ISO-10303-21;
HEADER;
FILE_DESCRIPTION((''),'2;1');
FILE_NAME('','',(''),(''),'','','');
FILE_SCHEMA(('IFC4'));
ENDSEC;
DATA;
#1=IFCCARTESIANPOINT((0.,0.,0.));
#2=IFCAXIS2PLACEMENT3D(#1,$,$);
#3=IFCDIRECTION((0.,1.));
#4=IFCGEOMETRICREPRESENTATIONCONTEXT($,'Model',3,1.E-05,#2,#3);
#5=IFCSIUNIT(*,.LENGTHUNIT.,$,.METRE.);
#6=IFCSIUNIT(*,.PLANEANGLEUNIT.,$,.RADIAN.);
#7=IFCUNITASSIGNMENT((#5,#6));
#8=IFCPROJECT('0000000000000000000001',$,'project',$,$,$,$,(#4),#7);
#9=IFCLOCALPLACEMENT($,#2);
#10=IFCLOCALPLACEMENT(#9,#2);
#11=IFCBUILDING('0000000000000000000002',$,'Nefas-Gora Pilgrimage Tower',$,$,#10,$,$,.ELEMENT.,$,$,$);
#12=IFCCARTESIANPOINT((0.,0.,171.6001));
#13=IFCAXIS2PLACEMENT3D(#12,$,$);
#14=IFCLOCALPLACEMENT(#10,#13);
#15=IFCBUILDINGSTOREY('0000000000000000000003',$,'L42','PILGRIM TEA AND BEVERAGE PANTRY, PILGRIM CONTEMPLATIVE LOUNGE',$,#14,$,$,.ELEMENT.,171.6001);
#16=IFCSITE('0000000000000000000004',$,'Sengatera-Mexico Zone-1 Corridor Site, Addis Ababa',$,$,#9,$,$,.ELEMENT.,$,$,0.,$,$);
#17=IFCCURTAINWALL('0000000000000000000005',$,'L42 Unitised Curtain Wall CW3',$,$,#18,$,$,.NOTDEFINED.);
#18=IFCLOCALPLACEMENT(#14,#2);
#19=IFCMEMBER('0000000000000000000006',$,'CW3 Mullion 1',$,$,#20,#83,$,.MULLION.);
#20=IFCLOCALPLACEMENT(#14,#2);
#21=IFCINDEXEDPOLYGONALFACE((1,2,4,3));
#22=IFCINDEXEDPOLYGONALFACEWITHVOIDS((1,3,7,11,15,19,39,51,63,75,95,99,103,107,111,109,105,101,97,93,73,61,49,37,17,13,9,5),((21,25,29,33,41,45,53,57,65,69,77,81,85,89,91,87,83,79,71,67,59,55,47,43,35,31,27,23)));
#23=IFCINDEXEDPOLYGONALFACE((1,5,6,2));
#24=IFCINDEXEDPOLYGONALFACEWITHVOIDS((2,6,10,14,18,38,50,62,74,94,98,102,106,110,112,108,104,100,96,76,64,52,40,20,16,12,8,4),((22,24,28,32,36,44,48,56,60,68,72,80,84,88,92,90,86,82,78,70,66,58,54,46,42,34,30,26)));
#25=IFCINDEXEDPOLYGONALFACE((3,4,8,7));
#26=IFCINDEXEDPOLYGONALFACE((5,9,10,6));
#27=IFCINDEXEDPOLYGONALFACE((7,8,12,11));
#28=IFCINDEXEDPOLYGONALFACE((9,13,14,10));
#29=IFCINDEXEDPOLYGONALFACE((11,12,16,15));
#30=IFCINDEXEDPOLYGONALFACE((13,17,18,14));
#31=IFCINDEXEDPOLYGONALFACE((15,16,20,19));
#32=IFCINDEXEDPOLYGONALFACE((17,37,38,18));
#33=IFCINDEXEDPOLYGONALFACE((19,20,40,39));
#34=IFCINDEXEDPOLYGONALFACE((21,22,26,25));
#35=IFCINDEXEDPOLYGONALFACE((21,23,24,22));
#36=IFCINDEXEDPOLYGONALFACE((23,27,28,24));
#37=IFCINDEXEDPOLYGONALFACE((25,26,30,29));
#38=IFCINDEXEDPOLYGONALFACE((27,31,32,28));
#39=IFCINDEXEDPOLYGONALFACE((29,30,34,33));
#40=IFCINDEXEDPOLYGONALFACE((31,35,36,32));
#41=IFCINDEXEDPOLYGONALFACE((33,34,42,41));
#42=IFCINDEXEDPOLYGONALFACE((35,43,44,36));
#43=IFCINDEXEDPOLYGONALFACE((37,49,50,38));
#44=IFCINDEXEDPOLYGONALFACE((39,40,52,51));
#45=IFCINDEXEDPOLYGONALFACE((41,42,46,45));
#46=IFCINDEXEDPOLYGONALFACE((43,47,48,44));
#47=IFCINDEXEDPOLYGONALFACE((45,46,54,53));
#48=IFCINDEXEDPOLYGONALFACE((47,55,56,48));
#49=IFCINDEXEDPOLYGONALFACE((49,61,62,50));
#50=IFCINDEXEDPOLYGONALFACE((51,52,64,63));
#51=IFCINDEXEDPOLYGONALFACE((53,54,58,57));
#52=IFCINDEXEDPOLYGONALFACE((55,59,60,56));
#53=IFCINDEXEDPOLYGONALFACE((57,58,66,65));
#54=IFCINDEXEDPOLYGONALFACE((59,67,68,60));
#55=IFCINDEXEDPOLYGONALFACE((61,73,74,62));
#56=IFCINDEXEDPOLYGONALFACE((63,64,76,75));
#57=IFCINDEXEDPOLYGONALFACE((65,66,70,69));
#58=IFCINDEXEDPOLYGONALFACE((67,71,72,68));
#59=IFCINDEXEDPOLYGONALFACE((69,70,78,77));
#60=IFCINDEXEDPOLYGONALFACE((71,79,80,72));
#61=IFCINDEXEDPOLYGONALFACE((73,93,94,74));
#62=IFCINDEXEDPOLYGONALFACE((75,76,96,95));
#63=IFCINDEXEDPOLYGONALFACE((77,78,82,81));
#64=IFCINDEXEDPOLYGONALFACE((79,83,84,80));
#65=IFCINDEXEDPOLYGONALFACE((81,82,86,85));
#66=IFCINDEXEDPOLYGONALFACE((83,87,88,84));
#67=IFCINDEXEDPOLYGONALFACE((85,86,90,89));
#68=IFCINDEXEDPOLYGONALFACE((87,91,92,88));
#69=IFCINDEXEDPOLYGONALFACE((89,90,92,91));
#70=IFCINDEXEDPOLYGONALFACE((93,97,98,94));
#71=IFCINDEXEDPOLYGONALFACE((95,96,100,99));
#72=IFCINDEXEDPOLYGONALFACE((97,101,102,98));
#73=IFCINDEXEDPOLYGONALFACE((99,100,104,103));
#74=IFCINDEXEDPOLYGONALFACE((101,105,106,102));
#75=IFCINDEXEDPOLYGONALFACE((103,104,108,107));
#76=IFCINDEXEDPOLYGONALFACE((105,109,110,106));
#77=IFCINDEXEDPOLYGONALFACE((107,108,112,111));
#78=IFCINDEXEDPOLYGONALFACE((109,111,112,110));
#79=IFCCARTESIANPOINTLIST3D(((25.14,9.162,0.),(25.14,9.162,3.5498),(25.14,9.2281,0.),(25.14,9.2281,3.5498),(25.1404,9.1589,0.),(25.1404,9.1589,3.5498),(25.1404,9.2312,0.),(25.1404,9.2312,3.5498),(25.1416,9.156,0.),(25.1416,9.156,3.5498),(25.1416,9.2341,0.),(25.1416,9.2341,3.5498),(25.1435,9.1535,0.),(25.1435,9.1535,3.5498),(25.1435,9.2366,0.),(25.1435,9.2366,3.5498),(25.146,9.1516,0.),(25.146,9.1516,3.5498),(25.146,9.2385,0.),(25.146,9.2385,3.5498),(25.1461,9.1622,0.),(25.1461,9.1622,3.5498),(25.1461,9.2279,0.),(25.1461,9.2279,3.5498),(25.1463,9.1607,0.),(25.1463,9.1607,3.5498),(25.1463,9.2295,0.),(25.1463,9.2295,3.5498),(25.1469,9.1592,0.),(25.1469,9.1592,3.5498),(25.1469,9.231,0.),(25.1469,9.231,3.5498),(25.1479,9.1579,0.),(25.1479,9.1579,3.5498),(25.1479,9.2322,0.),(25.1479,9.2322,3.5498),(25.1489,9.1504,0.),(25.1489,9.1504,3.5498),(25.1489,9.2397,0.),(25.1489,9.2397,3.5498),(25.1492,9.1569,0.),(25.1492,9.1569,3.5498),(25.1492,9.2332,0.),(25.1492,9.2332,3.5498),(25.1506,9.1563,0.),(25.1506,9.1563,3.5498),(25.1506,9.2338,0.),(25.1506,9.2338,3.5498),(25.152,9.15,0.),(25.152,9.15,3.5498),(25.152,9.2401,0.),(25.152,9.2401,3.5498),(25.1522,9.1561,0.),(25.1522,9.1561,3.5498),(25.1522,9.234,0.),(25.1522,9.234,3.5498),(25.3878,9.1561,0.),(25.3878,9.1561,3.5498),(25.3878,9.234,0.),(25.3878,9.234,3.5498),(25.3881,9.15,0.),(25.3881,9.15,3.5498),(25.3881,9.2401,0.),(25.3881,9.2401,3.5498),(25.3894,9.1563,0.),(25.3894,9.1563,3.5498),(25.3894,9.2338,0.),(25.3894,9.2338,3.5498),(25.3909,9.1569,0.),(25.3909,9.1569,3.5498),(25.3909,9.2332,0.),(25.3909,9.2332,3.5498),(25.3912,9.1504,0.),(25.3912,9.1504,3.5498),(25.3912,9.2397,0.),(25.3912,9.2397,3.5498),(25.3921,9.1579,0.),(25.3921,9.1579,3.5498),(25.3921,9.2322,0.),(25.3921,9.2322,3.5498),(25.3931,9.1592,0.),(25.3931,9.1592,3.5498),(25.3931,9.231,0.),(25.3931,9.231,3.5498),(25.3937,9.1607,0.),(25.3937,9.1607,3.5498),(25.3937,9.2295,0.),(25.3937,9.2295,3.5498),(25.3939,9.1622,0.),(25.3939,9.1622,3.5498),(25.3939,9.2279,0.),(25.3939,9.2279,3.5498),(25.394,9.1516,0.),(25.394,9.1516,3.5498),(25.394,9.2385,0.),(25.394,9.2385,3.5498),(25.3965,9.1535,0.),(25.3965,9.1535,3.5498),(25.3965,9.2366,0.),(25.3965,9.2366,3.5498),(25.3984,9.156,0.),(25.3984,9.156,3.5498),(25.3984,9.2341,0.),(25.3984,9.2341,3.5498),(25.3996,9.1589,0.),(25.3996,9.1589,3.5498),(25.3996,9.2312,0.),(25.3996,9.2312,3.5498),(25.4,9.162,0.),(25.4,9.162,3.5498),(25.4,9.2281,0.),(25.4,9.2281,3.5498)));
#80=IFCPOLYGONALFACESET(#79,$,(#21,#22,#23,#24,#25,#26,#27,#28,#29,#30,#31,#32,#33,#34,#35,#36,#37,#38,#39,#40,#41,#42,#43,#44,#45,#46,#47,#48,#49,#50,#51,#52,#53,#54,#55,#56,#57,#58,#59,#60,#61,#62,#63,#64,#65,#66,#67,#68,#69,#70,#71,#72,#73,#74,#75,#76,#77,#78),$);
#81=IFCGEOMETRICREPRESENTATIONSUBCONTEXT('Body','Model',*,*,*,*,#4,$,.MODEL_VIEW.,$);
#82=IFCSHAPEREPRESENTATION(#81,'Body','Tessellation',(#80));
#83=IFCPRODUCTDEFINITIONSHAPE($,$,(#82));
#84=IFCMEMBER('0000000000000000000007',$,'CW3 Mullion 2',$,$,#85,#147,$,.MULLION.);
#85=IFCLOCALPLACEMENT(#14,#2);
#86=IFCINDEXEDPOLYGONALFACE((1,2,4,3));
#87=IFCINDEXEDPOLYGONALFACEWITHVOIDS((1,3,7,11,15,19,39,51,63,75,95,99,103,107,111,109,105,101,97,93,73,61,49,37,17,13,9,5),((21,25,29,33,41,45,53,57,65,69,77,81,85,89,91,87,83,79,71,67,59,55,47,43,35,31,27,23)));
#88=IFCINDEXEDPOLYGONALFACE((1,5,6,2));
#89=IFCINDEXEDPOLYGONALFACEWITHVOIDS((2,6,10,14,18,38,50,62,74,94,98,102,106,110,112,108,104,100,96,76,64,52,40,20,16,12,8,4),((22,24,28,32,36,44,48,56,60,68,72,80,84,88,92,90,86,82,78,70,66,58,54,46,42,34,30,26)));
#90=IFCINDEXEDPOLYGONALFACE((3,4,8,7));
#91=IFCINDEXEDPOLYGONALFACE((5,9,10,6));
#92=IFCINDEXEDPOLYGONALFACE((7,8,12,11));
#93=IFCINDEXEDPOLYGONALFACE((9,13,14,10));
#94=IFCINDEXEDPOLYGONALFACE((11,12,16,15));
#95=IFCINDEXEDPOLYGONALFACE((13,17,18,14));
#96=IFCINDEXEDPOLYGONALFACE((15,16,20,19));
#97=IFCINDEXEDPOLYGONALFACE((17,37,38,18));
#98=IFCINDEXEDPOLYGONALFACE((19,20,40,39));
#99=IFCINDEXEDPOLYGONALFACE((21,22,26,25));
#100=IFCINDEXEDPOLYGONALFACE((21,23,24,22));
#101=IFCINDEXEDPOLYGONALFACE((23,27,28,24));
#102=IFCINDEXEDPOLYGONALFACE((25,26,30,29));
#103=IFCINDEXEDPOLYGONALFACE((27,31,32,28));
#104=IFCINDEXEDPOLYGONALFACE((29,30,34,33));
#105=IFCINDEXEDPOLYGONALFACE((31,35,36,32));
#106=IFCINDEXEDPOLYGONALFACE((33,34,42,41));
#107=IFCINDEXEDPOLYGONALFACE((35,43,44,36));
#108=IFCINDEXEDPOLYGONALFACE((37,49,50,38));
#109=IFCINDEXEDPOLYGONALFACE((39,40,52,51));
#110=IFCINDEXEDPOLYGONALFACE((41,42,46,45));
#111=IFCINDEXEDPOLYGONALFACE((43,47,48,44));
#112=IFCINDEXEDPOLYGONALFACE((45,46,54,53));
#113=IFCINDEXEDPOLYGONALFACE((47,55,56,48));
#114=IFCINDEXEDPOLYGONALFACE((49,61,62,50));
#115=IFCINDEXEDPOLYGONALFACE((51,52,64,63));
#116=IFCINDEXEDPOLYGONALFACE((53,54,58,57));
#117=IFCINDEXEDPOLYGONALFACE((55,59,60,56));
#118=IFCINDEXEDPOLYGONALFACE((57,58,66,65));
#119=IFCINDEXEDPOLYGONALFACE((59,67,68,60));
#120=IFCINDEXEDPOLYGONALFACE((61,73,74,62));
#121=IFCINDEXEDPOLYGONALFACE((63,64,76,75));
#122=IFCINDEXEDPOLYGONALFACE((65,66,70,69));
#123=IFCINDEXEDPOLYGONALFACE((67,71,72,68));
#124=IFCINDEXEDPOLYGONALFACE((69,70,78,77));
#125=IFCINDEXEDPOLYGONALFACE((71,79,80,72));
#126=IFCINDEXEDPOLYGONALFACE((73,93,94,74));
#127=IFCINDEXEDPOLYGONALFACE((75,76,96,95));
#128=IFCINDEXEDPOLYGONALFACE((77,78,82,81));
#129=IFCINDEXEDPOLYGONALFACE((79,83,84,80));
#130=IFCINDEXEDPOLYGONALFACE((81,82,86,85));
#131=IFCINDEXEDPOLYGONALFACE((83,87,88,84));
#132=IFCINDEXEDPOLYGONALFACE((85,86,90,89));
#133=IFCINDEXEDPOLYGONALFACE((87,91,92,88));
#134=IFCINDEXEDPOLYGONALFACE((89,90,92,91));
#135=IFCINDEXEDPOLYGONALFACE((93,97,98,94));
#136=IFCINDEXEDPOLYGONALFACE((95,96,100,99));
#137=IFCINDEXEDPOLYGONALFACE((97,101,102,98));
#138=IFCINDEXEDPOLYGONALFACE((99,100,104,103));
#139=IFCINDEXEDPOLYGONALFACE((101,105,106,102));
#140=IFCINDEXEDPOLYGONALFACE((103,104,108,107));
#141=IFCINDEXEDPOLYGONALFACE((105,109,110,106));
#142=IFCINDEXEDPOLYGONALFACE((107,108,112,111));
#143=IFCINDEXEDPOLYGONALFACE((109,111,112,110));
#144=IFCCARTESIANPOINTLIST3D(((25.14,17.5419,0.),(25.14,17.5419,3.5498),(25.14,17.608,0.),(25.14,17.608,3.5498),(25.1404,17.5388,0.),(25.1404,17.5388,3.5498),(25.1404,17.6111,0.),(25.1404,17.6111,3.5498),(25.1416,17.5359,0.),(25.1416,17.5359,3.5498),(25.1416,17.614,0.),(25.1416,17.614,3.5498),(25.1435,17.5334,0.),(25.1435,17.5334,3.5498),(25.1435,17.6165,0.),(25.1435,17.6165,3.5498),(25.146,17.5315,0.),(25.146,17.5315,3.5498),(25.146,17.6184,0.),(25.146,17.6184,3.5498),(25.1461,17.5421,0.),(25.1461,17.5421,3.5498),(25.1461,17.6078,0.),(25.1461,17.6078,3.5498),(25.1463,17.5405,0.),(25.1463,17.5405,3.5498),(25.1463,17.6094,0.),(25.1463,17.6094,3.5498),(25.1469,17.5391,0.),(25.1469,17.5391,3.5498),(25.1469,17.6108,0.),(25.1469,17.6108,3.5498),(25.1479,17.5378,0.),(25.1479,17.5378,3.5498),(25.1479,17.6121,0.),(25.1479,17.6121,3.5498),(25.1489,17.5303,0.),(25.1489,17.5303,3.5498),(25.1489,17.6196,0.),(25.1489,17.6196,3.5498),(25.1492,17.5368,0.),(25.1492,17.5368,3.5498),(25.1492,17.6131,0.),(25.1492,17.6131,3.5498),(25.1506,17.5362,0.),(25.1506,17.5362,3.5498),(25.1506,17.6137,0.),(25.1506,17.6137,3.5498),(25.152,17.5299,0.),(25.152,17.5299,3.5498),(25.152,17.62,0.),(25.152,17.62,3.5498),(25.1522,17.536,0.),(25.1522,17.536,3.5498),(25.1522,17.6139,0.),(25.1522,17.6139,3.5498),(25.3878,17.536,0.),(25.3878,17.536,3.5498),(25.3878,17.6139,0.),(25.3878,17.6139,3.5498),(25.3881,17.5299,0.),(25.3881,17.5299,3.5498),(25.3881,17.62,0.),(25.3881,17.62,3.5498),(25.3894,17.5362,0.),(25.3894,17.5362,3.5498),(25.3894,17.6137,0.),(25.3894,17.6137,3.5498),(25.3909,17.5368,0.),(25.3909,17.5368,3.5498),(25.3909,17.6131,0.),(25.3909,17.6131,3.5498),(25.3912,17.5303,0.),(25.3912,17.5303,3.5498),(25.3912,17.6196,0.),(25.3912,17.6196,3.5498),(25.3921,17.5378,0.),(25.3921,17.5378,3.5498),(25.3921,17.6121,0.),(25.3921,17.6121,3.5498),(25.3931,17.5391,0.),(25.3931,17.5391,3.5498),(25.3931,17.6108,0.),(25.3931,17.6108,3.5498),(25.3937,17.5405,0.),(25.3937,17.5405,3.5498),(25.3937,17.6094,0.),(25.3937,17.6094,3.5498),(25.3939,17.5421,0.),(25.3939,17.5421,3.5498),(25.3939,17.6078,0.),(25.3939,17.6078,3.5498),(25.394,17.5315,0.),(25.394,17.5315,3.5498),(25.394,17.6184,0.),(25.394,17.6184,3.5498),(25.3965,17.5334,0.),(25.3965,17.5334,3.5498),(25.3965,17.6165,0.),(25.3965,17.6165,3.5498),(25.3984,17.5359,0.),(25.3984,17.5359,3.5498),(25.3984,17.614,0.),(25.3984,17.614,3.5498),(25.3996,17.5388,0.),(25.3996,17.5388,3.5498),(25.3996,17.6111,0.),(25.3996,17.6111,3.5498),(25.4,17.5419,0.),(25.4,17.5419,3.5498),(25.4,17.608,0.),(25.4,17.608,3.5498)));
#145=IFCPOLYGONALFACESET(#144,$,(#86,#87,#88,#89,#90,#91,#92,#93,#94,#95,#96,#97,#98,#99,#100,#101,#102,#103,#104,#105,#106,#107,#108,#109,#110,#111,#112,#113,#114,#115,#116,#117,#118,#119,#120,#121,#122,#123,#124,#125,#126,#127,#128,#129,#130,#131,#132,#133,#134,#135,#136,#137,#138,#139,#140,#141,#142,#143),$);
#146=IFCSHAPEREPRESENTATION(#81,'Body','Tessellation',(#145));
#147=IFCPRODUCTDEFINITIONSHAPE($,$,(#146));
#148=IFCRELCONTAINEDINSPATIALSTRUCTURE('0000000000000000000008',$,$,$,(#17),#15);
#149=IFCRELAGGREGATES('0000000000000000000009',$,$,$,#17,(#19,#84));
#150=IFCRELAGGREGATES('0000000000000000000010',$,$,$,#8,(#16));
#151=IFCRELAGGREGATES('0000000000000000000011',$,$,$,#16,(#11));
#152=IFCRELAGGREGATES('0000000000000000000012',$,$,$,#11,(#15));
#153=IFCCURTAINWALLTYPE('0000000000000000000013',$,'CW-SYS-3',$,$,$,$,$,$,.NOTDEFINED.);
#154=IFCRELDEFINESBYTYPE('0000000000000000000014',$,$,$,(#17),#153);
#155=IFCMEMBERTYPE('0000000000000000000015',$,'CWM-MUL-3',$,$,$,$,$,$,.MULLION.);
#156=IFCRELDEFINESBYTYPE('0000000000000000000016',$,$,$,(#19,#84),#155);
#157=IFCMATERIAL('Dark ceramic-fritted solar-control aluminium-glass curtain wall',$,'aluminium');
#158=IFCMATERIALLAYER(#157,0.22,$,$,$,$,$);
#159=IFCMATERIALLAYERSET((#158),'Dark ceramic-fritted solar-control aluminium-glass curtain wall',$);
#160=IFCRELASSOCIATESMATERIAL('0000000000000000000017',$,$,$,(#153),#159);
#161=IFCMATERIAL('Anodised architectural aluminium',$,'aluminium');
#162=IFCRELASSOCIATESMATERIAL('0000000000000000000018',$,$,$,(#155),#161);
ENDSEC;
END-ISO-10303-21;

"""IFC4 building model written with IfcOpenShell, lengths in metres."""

from ifc_helpers import new_model, si_unit, direction, frame, origin, origin_2d, place, context, subcontext, project, spatial, hollow_rectangle, extrude, source, transform, mapped, material, layer, layer_set, material_profile, profile_set, type_object, element, aggregate, save


model = new_model("IFC4")

# Units and contexts
model_context = context("Model", 3, precision=1e-05, world=origin(), true_north=direction((0.0, 1.0)))
body_context = subcontext(model_context, "Body", "Model", "MODEL_VIEW")
ifc_project = project(units=[si_unit("LENGTHUNIT", "METRE"), si_unit("PLANEANGLEUNIT", "RADIAN")], contexts=[model_context])

# Site, building, storey
site_placement = place(None, origin())
site = spatial("IfcSite", under=ifc_project, at=site_placement, Name="Sengatera-Mexico Zone-1 Corridor Site, Addis Ababa", CompositionType="ELEMENT", RefElevation=0.0)
building_placement = place(site_placement, origin())
building = spatial("IfcBuilding", under=site, at=building_placement, Name="Nefas-Gora Pilgrimage Tower", CompositionType="ELEMENT")
storey_placement = place(building_placement, frame((0.0, 0.0, 171.6001)))
storey = spatial("IfcBuildingStorey", under=building, at=storey_placement, Name="L42", Description="PILGRIM TEA AND BEVERAGE PANTRY, PILGRIM CONTEMPLATIVE LOUNGE", CompositionType="ELEMENT", Elevation=171.6001)

# Shared definitions
ifc_material_1 = material(Name="Dark ceramic-fritted solar-control aluminium-glass curtain wall", Category="aluminium")
ifc_layer_1 = layer(ifc_material_1, 0.22)
ifc_layer_set_1 = layer_set([ifc_layer_1], Name="Dark ceramic-fritted solar-control aluminium-glass curtain wall")
curtain_wall_type = type_object("IfcCurtainWallType", Name="CW-SYS-3", PredefinedType="NOTDEFINED", material=ifc_layer_set_1)
ifc_material_2 = material(Name="Anodised architectural aluminium", Category="aluminium")

# Curtain wall, members
curtain_wall_1_placement = place(storey_placement, origin())
curtain_wall_1 = element("IfcCurtainWall", 1, at=curtain_wall_1_placement, inside=storey, type_object=curtain_wall_type, Name="L42 Unitised Curtain Wall CW3", PredefinedType="NOTDEFINED")
ifc_material_profile_1 = material_profile(ifc_material_2, hollow_rectangle(XDim=0.0901, YDim=0.26, WallThickness=0.0061, InnerFilletRadius=0.0061, OuterFilletRadius=0.012, at=origin_2d()), Name="ALU MULLION 90x260")
ifc_profile_set_1 = profile_set([ifc_material_profile_1], Name="Anodised architectural aluminium")
member_type_1 = type_object("IfcMemberType", Name="CWM-MUL-3", PredefinedType="MULLION", material=ifc_profile_set_1)
shared_shape_1 = source(origin(), body_context, "Body", "SweptSolid", [
    extrude(hollow_rectangle(XDim=0.0901, YDim=0.26, WallThickness=0.0061, InnerFilletRadius=0.0061, OuterFilletRadius=0.012, at=origin_2d()), origin(), (0.0, 0.0, 1.0), 3.5498),
])
member_1_placement = place(storey_placement, frame((25.27, 9.1951, 0.0), z_axis=(0.0, 0.0, 1.0), x_axis=(0.0, 1.0, 0.0)))
member_1 = element("IfcMember", 2, at=member_1_placement, type_object=member_type_1, Name="CW3 Mullion 1", PredefinedType="MULLION", context=body_context, shape_type="MappedRepresentation", body=[
    mapped(shared_shape_1, transform((0.0, 0.0, 0.0), x_axis=(1.0, 0.0, 0.0), y_axis=(0.0, 1.0, 0.0), z_axis=(0.0, 0.0, 1.0), scale=1.0)),
])
member_2_placement = place(storey_placement, frame((25.27, 17.575, 0.0), z_axis=(0.0, 0.0, 1.0), x_axis=(0.0, 1.0, 0.0)))
member_2 = element("IfcMember", 3, at=member_2_placement, type_object=member_type_1, Name="CW3 Mullion 2", PredefinedType="MULLION", context=body_context, shape_type="MappedRepresentation", body=[
    mapped(shared_shape_1, transform((0.0, 0.0, 0.0), x_axis=(1.0, 0.0, 0.0), y_axis=(0.0, 1.0, 0.0), z_axis=(0.0, 0.0, 1.0), scale=1.0)),
])

aggregate(curtain_wall_1, [member_1, member_2])

save(model, "model.ifc")
